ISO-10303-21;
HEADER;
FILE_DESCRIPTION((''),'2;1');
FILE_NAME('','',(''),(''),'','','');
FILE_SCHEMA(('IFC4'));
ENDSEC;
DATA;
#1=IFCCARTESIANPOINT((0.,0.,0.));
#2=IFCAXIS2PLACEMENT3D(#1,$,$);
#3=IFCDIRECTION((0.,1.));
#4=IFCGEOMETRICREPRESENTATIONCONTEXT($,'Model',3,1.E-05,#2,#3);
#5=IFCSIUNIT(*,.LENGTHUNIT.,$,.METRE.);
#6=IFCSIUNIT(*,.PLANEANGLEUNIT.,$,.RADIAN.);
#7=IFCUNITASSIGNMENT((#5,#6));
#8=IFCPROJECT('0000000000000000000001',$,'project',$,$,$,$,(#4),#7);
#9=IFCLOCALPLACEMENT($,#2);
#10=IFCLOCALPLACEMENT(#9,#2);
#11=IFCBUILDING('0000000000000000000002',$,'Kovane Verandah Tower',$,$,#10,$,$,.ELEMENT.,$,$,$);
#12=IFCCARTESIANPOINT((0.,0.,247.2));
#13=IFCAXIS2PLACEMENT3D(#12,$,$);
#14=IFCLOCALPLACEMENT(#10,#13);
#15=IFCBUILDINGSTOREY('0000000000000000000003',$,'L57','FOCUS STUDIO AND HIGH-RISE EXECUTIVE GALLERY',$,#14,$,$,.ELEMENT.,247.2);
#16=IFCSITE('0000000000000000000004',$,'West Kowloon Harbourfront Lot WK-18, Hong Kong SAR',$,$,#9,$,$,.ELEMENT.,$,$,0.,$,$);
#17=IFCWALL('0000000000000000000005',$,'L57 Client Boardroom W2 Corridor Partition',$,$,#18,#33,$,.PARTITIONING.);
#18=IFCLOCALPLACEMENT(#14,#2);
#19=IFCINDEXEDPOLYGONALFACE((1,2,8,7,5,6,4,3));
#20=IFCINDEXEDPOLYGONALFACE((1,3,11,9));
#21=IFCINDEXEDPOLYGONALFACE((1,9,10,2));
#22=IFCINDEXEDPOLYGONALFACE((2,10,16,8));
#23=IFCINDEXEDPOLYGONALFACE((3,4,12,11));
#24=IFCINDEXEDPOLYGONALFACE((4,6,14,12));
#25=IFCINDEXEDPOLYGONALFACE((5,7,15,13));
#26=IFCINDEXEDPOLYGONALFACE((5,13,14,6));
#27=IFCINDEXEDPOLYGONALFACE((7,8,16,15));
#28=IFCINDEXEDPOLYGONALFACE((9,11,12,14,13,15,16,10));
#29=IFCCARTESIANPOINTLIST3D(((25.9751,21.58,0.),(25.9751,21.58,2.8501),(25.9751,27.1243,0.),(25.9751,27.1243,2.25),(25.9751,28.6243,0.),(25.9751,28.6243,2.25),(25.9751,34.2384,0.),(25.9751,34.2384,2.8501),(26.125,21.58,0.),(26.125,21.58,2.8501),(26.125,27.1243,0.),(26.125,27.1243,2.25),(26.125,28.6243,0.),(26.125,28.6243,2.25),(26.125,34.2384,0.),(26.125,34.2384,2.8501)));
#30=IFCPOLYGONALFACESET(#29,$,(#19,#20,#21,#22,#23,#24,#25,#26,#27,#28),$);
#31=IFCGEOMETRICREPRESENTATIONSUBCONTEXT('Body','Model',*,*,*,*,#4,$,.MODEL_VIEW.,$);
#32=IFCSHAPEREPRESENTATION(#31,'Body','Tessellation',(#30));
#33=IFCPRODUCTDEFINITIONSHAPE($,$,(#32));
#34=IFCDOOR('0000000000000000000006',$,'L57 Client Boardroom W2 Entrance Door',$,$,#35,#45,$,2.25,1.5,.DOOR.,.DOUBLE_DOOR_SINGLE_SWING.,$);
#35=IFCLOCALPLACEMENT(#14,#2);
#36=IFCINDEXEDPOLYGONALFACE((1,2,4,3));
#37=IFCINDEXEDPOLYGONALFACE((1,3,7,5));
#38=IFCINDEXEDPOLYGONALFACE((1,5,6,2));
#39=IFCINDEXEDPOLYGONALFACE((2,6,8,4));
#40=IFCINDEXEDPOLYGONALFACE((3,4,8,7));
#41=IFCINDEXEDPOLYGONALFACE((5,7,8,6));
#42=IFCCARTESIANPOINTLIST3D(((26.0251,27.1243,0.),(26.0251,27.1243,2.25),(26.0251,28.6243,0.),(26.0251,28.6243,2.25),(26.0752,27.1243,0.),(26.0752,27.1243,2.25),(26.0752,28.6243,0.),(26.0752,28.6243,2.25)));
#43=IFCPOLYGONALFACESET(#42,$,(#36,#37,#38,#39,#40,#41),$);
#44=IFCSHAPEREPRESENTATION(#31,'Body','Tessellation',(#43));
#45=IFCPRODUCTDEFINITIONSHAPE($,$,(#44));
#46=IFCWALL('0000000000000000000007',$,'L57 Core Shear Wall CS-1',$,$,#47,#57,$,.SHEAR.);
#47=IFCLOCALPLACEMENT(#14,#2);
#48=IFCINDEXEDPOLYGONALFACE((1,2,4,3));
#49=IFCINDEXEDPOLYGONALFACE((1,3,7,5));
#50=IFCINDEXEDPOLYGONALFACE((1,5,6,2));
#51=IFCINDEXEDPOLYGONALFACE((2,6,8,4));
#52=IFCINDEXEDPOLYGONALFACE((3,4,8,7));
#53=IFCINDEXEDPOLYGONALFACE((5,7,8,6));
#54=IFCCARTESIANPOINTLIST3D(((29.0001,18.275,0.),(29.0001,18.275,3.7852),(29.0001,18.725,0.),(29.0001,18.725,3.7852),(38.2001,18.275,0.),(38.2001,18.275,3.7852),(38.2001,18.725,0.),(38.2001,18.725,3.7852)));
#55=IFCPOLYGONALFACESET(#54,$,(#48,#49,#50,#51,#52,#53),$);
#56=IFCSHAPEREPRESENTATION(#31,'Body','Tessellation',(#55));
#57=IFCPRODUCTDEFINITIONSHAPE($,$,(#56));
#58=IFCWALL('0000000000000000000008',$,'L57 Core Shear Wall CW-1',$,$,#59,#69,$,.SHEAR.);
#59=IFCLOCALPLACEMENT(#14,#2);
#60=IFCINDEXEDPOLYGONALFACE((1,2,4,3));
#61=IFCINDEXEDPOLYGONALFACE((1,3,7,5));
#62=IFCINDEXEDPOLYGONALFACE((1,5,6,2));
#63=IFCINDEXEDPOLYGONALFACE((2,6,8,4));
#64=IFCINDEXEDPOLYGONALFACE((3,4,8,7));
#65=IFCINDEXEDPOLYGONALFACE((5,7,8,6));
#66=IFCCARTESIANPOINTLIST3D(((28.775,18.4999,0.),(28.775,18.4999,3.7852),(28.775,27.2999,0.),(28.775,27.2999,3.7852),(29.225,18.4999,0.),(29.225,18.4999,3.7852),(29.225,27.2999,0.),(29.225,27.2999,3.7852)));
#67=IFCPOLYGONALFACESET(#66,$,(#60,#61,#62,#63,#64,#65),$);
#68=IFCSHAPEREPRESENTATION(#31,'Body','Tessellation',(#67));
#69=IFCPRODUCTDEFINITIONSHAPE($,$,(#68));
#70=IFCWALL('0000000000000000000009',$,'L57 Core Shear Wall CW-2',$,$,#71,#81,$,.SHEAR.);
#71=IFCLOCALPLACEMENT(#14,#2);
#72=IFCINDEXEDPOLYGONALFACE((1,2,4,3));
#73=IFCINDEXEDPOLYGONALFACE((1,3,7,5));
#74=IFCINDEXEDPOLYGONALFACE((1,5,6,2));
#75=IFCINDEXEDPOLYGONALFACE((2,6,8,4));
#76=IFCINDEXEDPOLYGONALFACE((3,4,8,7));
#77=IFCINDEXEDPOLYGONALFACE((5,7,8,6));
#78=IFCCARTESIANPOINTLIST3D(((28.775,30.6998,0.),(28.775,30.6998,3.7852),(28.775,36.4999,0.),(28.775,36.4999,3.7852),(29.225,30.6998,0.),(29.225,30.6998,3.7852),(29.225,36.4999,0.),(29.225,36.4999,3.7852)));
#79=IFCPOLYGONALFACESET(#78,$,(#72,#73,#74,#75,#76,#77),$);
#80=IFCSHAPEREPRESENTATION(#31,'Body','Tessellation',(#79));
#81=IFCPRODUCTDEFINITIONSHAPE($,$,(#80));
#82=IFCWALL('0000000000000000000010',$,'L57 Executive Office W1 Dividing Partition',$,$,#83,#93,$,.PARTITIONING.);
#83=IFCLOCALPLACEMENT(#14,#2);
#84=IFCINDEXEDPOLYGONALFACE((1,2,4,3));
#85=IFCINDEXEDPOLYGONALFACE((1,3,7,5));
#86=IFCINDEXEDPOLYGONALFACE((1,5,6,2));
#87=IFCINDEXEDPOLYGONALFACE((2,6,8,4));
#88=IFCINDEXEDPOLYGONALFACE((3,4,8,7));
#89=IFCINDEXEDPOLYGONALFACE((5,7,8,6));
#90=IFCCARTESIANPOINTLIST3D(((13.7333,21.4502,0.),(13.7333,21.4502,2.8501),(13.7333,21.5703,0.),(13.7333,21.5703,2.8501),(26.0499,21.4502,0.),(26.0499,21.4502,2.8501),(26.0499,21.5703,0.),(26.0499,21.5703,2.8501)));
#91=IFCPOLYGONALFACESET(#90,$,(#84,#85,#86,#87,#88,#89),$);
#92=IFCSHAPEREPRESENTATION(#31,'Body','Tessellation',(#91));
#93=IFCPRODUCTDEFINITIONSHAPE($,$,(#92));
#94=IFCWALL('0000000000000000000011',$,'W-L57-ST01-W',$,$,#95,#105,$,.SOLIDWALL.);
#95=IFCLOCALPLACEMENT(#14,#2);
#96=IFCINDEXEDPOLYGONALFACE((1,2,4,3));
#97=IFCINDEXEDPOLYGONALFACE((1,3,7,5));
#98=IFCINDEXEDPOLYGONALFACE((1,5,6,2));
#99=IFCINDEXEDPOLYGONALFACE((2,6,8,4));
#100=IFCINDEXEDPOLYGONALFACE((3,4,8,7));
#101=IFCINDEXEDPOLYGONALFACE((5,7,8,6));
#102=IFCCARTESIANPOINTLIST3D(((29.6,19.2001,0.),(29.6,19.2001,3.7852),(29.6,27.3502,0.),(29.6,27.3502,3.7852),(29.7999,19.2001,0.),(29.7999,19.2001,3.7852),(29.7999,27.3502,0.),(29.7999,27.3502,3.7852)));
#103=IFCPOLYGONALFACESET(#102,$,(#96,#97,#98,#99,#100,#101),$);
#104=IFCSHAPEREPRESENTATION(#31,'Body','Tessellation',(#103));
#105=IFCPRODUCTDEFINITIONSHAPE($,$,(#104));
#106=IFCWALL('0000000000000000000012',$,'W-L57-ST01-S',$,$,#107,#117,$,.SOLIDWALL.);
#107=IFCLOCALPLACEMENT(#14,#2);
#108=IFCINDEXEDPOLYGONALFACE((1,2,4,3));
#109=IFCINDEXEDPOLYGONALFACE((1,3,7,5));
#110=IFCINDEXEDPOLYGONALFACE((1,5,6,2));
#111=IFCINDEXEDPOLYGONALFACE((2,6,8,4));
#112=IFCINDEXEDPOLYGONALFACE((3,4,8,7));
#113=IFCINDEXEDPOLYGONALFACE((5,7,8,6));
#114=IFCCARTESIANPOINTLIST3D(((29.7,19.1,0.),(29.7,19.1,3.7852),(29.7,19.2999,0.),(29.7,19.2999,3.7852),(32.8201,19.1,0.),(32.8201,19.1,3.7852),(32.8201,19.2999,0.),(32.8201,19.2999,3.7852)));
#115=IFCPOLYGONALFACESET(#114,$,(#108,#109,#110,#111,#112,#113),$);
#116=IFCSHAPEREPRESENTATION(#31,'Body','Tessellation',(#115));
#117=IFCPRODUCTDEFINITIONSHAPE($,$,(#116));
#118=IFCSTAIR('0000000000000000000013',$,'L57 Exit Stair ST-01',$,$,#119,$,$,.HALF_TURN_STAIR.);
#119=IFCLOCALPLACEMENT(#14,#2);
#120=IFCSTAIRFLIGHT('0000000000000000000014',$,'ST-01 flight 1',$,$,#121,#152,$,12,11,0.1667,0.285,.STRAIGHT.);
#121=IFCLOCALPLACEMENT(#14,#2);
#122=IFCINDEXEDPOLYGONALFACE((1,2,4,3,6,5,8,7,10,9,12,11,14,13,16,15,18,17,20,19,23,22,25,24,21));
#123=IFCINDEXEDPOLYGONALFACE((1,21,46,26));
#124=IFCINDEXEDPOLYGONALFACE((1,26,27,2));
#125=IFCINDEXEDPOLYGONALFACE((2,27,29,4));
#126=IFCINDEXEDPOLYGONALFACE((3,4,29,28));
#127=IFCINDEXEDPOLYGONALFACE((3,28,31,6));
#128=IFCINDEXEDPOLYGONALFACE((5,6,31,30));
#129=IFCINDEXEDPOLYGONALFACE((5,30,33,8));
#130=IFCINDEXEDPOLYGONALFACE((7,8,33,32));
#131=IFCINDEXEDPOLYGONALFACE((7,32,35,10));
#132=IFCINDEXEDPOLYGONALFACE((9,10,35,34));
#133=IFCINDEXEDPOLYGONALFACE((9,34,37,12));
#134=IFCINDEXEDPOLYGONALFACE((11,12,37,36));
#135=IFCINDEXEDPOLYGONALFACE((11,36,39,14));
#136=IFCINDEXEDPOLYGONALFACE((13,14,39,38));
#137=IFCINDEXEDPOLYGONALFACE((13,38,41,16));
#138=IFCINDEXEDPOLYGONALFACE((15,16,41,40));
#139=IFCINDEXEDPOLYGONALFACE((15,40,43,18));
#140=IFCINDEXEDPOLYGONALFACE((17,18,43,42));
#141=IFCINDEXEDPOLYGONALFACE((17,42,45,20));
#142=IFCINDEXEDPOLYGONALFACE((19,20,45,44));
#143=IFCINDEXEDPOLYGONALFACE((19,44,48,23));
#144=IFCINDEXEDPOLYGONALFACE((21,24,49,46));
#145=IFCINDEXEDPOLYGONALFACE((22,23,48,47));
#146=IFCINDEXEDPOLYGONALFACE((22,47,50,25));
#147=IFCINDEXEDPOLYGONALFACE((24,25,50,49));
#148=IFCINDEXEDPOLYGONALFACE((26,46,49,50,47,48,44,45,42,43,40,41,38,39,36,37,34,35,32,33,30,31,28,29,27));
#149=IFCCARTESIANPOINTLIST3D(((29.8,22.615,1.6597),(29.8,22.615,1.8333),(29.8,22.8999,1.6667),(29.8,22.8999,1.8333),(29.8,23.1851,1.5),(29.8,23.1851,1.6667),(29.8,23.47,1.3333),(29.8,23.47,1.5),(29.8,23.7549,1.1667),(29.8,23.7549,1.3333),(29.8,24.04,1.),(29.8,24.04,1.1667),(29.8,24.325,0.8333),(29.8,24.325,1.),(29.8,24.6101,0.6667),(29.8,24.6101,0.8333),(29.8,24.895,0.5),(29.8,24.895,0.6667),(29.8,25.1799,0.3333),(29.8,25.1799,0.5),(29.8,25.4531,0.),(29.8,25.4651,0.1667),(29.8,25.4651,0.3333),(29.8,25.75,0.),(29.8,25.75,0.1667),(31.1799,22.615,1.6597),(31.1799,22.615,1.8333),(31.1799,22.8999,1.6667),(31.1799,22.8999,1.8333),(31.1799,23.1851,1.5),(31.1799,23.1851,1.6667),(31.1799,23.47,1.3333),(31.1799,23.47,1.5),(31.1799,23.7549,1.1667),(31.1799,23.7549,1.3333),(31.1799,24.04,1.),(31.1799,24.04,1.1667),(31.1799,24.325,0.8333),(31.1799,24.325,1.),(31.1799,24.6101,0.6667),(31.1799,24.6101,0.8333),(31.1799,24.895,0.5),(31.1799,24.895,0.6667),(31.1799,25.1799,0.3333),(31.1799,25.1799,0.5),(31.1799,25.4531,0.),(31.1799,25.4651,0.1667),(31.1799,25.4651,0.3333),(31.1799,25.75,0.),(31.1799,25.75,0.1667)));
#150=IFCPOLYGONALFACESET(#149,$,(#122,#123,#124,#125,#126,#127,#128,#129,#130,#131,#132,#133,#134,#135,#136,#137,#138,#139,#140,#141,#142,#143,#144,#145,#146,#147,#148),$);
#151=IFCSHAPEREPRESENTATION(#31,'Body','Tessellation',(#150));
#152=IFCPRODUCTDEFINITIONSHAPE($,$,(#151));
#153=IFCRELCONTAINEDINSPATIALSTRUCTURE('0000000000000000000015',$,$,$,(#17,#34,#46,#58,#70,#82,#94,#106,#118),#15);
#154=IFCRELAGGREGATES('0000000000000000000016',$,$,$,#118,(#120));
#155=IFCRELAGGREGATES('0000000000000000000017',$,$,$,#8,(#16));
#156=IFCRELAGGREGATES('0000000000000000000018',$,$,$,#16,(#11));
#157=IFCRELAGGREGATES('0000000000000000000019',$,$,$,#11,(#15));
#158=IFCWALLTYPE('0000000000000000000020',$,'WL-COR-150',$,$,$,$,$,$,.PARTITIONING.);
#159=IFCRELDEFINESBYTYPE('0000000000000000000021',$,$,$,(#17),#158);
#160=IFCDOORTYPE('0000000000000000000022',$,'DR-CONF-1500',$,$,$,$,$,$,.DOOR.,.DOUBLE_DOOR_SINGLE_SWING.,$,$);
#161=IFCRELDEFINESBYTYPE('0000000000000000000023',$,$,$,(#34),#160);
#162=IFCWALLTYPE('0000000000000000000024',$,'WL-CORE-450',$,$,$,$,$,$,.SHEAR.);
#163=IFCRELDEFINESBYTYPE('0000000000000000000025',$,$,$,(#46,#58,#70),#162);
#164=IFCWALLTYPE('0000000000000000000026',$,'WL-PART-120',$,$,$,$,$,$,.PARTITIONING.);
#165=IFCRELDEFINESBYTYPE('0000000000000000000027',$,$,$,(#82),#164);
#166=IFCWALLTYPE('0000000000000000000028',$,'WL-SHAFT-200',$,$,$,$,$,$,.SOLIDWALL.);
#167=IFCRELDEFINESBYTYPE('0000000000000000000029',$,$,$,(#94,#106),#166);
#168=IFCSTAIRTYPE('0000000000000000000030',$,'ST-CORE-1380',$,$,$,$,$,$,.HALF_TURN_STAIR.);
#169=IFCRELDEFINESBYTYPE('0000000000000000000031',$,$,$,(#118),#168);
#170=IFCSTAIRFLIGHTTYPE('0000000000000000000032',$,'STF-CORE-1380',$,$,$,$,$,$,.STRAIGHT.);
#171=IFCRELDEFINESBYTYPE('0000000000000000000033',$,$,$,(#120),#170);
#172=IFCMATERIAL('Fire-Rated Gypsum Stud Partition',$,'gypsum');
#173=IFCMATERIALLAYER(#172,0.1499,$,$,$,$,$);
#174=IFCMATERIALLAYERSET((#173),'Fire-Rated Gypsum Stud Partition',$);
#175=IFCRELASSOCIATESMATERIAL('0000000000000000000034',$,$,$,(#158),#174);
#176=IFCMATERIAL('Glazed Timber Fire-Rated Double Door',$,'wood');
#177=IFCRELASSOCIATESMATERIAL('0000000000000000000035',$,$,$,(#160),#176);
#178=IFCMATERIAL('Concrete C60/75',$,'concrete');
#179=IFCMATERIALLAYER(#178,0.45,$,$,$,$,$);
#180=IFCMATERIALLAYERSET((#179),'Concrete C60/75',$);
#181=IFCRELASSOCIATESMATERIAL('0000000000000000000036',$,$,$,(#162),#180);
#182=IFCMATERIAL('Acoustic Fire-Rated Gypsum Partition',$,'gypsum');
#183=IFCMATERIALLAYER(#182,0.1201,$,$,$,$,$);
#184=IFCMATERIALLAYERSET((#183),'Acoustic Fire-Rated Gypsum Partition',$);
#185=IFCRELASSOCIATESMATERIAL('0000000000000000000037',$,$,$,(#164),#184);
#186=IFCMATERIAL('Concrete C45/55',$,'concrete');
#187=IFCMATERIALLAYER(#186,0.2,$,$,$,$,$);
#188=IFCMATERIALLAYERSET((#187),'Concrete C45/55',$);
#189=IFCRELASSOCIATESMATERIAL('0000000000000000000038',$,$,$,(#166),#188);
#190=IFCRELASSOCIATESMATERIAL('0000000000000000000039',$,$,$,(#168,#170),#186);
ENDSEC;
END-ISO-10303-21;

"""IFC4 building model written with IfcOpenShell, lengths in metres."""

from ifc_helpers import new_model, si_unit, direction, frame, frame_2d, origin, place, context, subcontext, project, spatial, polyline, rectangle, outline, extrude, material, layer, layer_set, type_object, element, fill, aggregate, save


model = new_model("IFC4")

# Units and contexts
model_context = context("Model", 3, precision=1e-05, world=origin(), true_north=direction((0.0, 1.0)))
body_context = subcontext(model_context, "Body", "Model", "MODEL_VIEW")
ifc_project = project(units=[si_unit("LENGTHUNIT", "METRE"), si_unit("PLANEANGLEUNIT", "RADIAN")], contexts=[model_context])

# Site, building, storey
site_placement = place(None, origin())
site = spatial("IfcSite", under=ifc_project, at=site_placement, Name="West Kowloon Harbourfront Lot WK-18, Hong Kong SAR", CompositionType="ELEMENT", RefElevation=0.0)
building_placement = place(site_placement, origin())
building = spatial("IfcBuilding", under=site, at=building_placement, Name="Kovane Verandah Tower", CompositionType="ELEMENT")
storey_placement = place(building_placement, frame((0.0, 0.0, 247.2)))
storey = spatial("IfcBuildingStorey", under=building, at=storey_placement, Name="L57", Description="FOCUS STUDIO AND HIGH-RISE EXECUTIVE GALLERY", CompositionType="ELEMENT", Elevation=247.2)

# Shared definitions
ifc_material_1 = material(Name="Concrete C60/75", Category="concrete")

# Wall, opening, door
ifc_material_2 = material(Name="Fire-Rated Gypsum Stud Partition", Category="gypsum")
ifc_layer_1 = layer(ifc_material_2, 0.1499)
ifc_layer_set_1 = layer_set([ifc_layer_1], Name="Fire-Rated Gypsum Stud Partition")
wall_type_1 = type_object("IfcWallType", Name="WL-COR-150", PredefinedType="PARTITIONING", material=ifc_layer_set_1)
wall_1_placement = place(storey_placement, frame((26.05, 21.5801, 0.0), z_axis=(0.0, 0.0, 1.0), x_axis=(0.0, 1.0, 0.0)))
wall_1 = element("IfcWall", 1, at=wall_1_placement, inside=storey, type_object=wall_type_1, Name="L57 Client Boardroom W2 Corridor Partition", PredefinedType="PARTITIONING", context=body_context, shape_type="SweptSolid", body=[
    extrude(rectangle(XDim=12.6584, YDim=0.1499, at=frame_2d((6.3291, 0.0))), origin(), (0.0, 0.0, 1.0), 2.8501),
])
opening_1_placement = place(wall_1_placement, frame((5.5442, 0.0, 0.0)))
opening_1 = element("IfcOpeningElement", 2, at=opening_1_placement, cuts=wall_1, PredefinedType="OPENING", context=body_context, shape_type="SweptSolid", body=[
    extrude(rectangle(XDim=1.5, YDim=2.25, at=frame_2d((0.75, 1.125))), frame((0.0, 0.075, 0.0), z_axis=(0.0, -1.0, 0.0), x_axis=(1.0, 0.0, 0.0)), (0.0, 0.0, 1.0), 0.1499),
])
ifc_material_3 = material(Name="Glazed Timber Fire-Rated Double Door", Category="wood")
door_type_1 = type_object("IfcDoorType", Name="DR-CONF-1500", OperationType="DOUBLE_DOOR_SINGLE_SWING", PredefinedType="DOOR", material=ifc_material_3)
door_1_placement = place(opening_1_placement, origin())
door_1 = element("IfcDoor", 3, at=door_1_placement, inside=storey, type_object=door_type_1, Name="L57 Client Boardroom W2 Entrance Door", OperationType="DOUBLE_DOOR_SINGLE_SWING", OverallHeight=2.25, OverallWidth=1.5, PredefinedType="DOOR", context=body_context, shape_type="SweptSolid", body=[
    extrude(rectangle(XDim=1.5, YDim=2.25, at=frame_2d((0.75, 1.125))), frame((0.0, 0.0249, 0.0), z_axis=(0.0, -1.0, 0.0), x_axis=(1.0, 0.0, 0.0)), (0.0, 0.0, 1.0), 0.05),
])
fill(opening_1, door_1)

# Walls
ifc_layer_2 = layer(ifc_material_1, 0.45)
ifc_layer_set_2 = layer_set([ifc_layer_2], Name="Concrete C60/75")
wall_type_2 = type_object("IfcWallType", Name="WL-CORE-450", PredefinedType="SHEAR", material=ifc_layer_set_2)
wall_2_placement = place(storey_placement, frame((29.0, 18.5, 0.0), z_axis=(0.0, 0.0, 1.0), x_axis=(1.0, 0.0, 0.0)))
element("IfcWall", 4, at=wall_2_placement, inside=storey, type_object=wall_type_2, Name="L57 Core Shear Wall CS-1", PredefinedType="SHEAR", context=body_context, shape_type="SweptSolid", body=[
    extrude(rectangle(XDim=9.2, YDim=0.45, at=frame_2d((4.6001, 0.0))), origin(), (0.0, 0.0, 1.0), 3.7852),
])
wall_3_placement = place(storey_placement, frame((29.0, 18.5, 0.0), z_axis=(0.0, 0.0, 1.0), x_axis=(0.0, 1.0, 0.0)))
element("IfcWall", 5, at=wall_3_placement, inside=storey, type_object=wall_type_2, Name="L57 Core Shear Wall CW-1", PredefinedType="SHEAR", context=body_context, shape_type="SweptSolid", body=[
    extrude(rectangle(XDim=8.8, YDim=0.45, at=frame_2d((4.3999, 0.0))), origin(), (0.0, 0.0, 1.0), 3.7852),
])
wall_4_placement = place(storey_placement, frame((29.0, 30.7, 0.0), z_axis=(0.0, 0.0, 1.0), x_axis=(0.0, 1.0, 0.0)))
element("IfcWall", 6, at=wall_4_placement, inside=storey, type_object=wall_type_2, Name="L57 Core Shear Wall CW-2", PredefinedType="SHEAR", context=body_context, shape_type="SweptSolid", body=[
    extrude(rectangle(XDim=5.8, YDim=0.45, at=frame_2d((2.8999, 0.0))), origin(), (0.0, 0.0, 1.0), 3.7852),
])

# Walls
ifc_material_4 = material(Name="Acoustic Fire-Rated Gypsum Partition", Category="gypsum")
ifc_layer_3 = layer(ifc_material_4, 0.1201)
ifc_layer_set_3 = layer_set([ifc_layer_3], Name="Acoustic Fire-Rated Gypsum Partition")
wall_type_3 = type_object("IfcWallType", Name="WL-PART-120", PredefinedType="PARTITIONING", material=ifc_layer_set_3)
wall_5_placement = place(storey_placement, frame((13.7334, 21.5103, 0.0), z_axis=(0.0, 0.0, 1.0), x_axis=(1.0, 0.0, 0.0)))
element("IfcWall", 7, at=wall_5_placement, inside=storey, type_object=wall_type_3, Name="L57 Executive Office W1 Dividing Partition", PredefinedType="PARTITIONING", context=body_context, shape_type="SweptSolid", body=[
    extrude(rectangle(XDim=12.3167, YDim=0.1201, at=frame_2d((6.1582, 0.0))), origin(), (0.0, 0.0, 1.0), 2.8501),
])
ifc_material_5 = material(Name="Concrete C45/55", Category="concrete")
ifc_layer_4 = layer(ifc_material_5, 0.2)
ifc_layer_set_4 = layer_set([ifc_layer_4], Name="Concrete C45/55")
wall_type_4 = type_object("IfcWallType", Name="WL-SHAFT-200", PredefinedType="SOLIDWALL", material=ifc_layer_set_4)
wall_6_placement = place(storey_placement, frame((29.7, 19.2, 0.0), z_axis=(0.0, 0.0, 1.0), x_axis=(0.0, 1.0, 0.0)))
element("IfcWall", 8, at=wall_6_placement, inside=storey, type_object=wall_type_4, Name="W-L57-ST01-W", PredefinedType="SOLIDWALL", context=body_context, shape_type="SweptSolid", body=[
    extrude(rectangle(XDim=8.1501, YDim=0.2, at=frame_2d((4.0752, 0.0))), origin(), (0.0, 0.0, 1.0), 3.7852),
])
wall_7_placement = place(storey_placement, frame((29.7, 19.2, 0.0), z_axis=(0.0, 0.0, 1.0), x_axis=(1.0, 0.0, 0.0)))
element("IfcWall", 9, at=wall_7_placement, inside=storey, type_object=wall_type_4, Name="W-L57-ST01-S", PredefinedType="SOLIDWALL", context=body_context, shape_type="SweptSolid", body=[
    extrude(rectangle(XDim=3.1201, YDim=0.2, at=frame_2d((1.5601, 0.0))), origin(), (0.0, 0.0, 1.0), 3.7852),
])

# Stair, stair flight
stair_type = type_object("IfcStairType", Name="ST-CORE-1380", PredefinedType="HALF_TURN_STAIR", material=ifc_material_5)
stair_placement = place(storey_placement, origin())
stair = element("IfcStair", 10, at=stair_placement, inside=storey, type_object=stair_type, Name="L57 Exit Stair ST-01", PredefinedType="HALF_TURN_STAIR")
stair_flight_type = type_object("IfcStairFlightType", Name="STF-CORE-1380", PredefinedType="STRAIGHT", material=ifc_material_5)
stair_flight_placement = place(storey_placement, frame((30.49, 25.75, 0.0), z_axis=(0.0, 0.0, 1.0), x_axis=(0.0, -1.0, 0.0)))
stair_flight = element("IfcStairFlight", 11, at=stair_flight_placement, type_object=stair_flight_type, Name="ST-01 flight 1", NumberOfRisers=12, NumberOfTreads=11, PredefinedType="STRAIGHT", RiserHeight=0.1667, TreadLength=0.285, context=body_context, shape_type="SweptSolid", body=[
    extrude(outline(polyline([(0.0, 0.0), (0.0, 0.1667), (0.2849, 0.1667), (0.2849, 0.3333), (0.5701, 0.3333), (0.5701, 0.5), (0.855, 0.5), (0.855, 0.6667), (1.1399, 0.6667), (1.1399, 0.8333), (1.425, 0.8333), (1.425, 1.0), (1.71, 1.0), (1.71, 1.1667), (1.9951, 1.1667), (1.9951, 1.3333), (2.28, 1.3333), (2.28, 1.5), (2.5649, 1.5), (2.5649, 1.6667), (2.8501, 1.6667), (2.8501, 1.8333), (3.135, 1.8333), (3.135, 2.0), (3.135, 1.6597), (0.2969, 0.0), (0.0, 0.0)])), frame((0.0, 0.6899, 0.0), z_axis=(0.0, -1.0, 0.0), x_axis=(1.0, 0.0, 0.0)), (0.0, 0.0, 1.0), 1.3799),
])
aggregate(stair, [stair_flight])

save(model, "model.ifc")
